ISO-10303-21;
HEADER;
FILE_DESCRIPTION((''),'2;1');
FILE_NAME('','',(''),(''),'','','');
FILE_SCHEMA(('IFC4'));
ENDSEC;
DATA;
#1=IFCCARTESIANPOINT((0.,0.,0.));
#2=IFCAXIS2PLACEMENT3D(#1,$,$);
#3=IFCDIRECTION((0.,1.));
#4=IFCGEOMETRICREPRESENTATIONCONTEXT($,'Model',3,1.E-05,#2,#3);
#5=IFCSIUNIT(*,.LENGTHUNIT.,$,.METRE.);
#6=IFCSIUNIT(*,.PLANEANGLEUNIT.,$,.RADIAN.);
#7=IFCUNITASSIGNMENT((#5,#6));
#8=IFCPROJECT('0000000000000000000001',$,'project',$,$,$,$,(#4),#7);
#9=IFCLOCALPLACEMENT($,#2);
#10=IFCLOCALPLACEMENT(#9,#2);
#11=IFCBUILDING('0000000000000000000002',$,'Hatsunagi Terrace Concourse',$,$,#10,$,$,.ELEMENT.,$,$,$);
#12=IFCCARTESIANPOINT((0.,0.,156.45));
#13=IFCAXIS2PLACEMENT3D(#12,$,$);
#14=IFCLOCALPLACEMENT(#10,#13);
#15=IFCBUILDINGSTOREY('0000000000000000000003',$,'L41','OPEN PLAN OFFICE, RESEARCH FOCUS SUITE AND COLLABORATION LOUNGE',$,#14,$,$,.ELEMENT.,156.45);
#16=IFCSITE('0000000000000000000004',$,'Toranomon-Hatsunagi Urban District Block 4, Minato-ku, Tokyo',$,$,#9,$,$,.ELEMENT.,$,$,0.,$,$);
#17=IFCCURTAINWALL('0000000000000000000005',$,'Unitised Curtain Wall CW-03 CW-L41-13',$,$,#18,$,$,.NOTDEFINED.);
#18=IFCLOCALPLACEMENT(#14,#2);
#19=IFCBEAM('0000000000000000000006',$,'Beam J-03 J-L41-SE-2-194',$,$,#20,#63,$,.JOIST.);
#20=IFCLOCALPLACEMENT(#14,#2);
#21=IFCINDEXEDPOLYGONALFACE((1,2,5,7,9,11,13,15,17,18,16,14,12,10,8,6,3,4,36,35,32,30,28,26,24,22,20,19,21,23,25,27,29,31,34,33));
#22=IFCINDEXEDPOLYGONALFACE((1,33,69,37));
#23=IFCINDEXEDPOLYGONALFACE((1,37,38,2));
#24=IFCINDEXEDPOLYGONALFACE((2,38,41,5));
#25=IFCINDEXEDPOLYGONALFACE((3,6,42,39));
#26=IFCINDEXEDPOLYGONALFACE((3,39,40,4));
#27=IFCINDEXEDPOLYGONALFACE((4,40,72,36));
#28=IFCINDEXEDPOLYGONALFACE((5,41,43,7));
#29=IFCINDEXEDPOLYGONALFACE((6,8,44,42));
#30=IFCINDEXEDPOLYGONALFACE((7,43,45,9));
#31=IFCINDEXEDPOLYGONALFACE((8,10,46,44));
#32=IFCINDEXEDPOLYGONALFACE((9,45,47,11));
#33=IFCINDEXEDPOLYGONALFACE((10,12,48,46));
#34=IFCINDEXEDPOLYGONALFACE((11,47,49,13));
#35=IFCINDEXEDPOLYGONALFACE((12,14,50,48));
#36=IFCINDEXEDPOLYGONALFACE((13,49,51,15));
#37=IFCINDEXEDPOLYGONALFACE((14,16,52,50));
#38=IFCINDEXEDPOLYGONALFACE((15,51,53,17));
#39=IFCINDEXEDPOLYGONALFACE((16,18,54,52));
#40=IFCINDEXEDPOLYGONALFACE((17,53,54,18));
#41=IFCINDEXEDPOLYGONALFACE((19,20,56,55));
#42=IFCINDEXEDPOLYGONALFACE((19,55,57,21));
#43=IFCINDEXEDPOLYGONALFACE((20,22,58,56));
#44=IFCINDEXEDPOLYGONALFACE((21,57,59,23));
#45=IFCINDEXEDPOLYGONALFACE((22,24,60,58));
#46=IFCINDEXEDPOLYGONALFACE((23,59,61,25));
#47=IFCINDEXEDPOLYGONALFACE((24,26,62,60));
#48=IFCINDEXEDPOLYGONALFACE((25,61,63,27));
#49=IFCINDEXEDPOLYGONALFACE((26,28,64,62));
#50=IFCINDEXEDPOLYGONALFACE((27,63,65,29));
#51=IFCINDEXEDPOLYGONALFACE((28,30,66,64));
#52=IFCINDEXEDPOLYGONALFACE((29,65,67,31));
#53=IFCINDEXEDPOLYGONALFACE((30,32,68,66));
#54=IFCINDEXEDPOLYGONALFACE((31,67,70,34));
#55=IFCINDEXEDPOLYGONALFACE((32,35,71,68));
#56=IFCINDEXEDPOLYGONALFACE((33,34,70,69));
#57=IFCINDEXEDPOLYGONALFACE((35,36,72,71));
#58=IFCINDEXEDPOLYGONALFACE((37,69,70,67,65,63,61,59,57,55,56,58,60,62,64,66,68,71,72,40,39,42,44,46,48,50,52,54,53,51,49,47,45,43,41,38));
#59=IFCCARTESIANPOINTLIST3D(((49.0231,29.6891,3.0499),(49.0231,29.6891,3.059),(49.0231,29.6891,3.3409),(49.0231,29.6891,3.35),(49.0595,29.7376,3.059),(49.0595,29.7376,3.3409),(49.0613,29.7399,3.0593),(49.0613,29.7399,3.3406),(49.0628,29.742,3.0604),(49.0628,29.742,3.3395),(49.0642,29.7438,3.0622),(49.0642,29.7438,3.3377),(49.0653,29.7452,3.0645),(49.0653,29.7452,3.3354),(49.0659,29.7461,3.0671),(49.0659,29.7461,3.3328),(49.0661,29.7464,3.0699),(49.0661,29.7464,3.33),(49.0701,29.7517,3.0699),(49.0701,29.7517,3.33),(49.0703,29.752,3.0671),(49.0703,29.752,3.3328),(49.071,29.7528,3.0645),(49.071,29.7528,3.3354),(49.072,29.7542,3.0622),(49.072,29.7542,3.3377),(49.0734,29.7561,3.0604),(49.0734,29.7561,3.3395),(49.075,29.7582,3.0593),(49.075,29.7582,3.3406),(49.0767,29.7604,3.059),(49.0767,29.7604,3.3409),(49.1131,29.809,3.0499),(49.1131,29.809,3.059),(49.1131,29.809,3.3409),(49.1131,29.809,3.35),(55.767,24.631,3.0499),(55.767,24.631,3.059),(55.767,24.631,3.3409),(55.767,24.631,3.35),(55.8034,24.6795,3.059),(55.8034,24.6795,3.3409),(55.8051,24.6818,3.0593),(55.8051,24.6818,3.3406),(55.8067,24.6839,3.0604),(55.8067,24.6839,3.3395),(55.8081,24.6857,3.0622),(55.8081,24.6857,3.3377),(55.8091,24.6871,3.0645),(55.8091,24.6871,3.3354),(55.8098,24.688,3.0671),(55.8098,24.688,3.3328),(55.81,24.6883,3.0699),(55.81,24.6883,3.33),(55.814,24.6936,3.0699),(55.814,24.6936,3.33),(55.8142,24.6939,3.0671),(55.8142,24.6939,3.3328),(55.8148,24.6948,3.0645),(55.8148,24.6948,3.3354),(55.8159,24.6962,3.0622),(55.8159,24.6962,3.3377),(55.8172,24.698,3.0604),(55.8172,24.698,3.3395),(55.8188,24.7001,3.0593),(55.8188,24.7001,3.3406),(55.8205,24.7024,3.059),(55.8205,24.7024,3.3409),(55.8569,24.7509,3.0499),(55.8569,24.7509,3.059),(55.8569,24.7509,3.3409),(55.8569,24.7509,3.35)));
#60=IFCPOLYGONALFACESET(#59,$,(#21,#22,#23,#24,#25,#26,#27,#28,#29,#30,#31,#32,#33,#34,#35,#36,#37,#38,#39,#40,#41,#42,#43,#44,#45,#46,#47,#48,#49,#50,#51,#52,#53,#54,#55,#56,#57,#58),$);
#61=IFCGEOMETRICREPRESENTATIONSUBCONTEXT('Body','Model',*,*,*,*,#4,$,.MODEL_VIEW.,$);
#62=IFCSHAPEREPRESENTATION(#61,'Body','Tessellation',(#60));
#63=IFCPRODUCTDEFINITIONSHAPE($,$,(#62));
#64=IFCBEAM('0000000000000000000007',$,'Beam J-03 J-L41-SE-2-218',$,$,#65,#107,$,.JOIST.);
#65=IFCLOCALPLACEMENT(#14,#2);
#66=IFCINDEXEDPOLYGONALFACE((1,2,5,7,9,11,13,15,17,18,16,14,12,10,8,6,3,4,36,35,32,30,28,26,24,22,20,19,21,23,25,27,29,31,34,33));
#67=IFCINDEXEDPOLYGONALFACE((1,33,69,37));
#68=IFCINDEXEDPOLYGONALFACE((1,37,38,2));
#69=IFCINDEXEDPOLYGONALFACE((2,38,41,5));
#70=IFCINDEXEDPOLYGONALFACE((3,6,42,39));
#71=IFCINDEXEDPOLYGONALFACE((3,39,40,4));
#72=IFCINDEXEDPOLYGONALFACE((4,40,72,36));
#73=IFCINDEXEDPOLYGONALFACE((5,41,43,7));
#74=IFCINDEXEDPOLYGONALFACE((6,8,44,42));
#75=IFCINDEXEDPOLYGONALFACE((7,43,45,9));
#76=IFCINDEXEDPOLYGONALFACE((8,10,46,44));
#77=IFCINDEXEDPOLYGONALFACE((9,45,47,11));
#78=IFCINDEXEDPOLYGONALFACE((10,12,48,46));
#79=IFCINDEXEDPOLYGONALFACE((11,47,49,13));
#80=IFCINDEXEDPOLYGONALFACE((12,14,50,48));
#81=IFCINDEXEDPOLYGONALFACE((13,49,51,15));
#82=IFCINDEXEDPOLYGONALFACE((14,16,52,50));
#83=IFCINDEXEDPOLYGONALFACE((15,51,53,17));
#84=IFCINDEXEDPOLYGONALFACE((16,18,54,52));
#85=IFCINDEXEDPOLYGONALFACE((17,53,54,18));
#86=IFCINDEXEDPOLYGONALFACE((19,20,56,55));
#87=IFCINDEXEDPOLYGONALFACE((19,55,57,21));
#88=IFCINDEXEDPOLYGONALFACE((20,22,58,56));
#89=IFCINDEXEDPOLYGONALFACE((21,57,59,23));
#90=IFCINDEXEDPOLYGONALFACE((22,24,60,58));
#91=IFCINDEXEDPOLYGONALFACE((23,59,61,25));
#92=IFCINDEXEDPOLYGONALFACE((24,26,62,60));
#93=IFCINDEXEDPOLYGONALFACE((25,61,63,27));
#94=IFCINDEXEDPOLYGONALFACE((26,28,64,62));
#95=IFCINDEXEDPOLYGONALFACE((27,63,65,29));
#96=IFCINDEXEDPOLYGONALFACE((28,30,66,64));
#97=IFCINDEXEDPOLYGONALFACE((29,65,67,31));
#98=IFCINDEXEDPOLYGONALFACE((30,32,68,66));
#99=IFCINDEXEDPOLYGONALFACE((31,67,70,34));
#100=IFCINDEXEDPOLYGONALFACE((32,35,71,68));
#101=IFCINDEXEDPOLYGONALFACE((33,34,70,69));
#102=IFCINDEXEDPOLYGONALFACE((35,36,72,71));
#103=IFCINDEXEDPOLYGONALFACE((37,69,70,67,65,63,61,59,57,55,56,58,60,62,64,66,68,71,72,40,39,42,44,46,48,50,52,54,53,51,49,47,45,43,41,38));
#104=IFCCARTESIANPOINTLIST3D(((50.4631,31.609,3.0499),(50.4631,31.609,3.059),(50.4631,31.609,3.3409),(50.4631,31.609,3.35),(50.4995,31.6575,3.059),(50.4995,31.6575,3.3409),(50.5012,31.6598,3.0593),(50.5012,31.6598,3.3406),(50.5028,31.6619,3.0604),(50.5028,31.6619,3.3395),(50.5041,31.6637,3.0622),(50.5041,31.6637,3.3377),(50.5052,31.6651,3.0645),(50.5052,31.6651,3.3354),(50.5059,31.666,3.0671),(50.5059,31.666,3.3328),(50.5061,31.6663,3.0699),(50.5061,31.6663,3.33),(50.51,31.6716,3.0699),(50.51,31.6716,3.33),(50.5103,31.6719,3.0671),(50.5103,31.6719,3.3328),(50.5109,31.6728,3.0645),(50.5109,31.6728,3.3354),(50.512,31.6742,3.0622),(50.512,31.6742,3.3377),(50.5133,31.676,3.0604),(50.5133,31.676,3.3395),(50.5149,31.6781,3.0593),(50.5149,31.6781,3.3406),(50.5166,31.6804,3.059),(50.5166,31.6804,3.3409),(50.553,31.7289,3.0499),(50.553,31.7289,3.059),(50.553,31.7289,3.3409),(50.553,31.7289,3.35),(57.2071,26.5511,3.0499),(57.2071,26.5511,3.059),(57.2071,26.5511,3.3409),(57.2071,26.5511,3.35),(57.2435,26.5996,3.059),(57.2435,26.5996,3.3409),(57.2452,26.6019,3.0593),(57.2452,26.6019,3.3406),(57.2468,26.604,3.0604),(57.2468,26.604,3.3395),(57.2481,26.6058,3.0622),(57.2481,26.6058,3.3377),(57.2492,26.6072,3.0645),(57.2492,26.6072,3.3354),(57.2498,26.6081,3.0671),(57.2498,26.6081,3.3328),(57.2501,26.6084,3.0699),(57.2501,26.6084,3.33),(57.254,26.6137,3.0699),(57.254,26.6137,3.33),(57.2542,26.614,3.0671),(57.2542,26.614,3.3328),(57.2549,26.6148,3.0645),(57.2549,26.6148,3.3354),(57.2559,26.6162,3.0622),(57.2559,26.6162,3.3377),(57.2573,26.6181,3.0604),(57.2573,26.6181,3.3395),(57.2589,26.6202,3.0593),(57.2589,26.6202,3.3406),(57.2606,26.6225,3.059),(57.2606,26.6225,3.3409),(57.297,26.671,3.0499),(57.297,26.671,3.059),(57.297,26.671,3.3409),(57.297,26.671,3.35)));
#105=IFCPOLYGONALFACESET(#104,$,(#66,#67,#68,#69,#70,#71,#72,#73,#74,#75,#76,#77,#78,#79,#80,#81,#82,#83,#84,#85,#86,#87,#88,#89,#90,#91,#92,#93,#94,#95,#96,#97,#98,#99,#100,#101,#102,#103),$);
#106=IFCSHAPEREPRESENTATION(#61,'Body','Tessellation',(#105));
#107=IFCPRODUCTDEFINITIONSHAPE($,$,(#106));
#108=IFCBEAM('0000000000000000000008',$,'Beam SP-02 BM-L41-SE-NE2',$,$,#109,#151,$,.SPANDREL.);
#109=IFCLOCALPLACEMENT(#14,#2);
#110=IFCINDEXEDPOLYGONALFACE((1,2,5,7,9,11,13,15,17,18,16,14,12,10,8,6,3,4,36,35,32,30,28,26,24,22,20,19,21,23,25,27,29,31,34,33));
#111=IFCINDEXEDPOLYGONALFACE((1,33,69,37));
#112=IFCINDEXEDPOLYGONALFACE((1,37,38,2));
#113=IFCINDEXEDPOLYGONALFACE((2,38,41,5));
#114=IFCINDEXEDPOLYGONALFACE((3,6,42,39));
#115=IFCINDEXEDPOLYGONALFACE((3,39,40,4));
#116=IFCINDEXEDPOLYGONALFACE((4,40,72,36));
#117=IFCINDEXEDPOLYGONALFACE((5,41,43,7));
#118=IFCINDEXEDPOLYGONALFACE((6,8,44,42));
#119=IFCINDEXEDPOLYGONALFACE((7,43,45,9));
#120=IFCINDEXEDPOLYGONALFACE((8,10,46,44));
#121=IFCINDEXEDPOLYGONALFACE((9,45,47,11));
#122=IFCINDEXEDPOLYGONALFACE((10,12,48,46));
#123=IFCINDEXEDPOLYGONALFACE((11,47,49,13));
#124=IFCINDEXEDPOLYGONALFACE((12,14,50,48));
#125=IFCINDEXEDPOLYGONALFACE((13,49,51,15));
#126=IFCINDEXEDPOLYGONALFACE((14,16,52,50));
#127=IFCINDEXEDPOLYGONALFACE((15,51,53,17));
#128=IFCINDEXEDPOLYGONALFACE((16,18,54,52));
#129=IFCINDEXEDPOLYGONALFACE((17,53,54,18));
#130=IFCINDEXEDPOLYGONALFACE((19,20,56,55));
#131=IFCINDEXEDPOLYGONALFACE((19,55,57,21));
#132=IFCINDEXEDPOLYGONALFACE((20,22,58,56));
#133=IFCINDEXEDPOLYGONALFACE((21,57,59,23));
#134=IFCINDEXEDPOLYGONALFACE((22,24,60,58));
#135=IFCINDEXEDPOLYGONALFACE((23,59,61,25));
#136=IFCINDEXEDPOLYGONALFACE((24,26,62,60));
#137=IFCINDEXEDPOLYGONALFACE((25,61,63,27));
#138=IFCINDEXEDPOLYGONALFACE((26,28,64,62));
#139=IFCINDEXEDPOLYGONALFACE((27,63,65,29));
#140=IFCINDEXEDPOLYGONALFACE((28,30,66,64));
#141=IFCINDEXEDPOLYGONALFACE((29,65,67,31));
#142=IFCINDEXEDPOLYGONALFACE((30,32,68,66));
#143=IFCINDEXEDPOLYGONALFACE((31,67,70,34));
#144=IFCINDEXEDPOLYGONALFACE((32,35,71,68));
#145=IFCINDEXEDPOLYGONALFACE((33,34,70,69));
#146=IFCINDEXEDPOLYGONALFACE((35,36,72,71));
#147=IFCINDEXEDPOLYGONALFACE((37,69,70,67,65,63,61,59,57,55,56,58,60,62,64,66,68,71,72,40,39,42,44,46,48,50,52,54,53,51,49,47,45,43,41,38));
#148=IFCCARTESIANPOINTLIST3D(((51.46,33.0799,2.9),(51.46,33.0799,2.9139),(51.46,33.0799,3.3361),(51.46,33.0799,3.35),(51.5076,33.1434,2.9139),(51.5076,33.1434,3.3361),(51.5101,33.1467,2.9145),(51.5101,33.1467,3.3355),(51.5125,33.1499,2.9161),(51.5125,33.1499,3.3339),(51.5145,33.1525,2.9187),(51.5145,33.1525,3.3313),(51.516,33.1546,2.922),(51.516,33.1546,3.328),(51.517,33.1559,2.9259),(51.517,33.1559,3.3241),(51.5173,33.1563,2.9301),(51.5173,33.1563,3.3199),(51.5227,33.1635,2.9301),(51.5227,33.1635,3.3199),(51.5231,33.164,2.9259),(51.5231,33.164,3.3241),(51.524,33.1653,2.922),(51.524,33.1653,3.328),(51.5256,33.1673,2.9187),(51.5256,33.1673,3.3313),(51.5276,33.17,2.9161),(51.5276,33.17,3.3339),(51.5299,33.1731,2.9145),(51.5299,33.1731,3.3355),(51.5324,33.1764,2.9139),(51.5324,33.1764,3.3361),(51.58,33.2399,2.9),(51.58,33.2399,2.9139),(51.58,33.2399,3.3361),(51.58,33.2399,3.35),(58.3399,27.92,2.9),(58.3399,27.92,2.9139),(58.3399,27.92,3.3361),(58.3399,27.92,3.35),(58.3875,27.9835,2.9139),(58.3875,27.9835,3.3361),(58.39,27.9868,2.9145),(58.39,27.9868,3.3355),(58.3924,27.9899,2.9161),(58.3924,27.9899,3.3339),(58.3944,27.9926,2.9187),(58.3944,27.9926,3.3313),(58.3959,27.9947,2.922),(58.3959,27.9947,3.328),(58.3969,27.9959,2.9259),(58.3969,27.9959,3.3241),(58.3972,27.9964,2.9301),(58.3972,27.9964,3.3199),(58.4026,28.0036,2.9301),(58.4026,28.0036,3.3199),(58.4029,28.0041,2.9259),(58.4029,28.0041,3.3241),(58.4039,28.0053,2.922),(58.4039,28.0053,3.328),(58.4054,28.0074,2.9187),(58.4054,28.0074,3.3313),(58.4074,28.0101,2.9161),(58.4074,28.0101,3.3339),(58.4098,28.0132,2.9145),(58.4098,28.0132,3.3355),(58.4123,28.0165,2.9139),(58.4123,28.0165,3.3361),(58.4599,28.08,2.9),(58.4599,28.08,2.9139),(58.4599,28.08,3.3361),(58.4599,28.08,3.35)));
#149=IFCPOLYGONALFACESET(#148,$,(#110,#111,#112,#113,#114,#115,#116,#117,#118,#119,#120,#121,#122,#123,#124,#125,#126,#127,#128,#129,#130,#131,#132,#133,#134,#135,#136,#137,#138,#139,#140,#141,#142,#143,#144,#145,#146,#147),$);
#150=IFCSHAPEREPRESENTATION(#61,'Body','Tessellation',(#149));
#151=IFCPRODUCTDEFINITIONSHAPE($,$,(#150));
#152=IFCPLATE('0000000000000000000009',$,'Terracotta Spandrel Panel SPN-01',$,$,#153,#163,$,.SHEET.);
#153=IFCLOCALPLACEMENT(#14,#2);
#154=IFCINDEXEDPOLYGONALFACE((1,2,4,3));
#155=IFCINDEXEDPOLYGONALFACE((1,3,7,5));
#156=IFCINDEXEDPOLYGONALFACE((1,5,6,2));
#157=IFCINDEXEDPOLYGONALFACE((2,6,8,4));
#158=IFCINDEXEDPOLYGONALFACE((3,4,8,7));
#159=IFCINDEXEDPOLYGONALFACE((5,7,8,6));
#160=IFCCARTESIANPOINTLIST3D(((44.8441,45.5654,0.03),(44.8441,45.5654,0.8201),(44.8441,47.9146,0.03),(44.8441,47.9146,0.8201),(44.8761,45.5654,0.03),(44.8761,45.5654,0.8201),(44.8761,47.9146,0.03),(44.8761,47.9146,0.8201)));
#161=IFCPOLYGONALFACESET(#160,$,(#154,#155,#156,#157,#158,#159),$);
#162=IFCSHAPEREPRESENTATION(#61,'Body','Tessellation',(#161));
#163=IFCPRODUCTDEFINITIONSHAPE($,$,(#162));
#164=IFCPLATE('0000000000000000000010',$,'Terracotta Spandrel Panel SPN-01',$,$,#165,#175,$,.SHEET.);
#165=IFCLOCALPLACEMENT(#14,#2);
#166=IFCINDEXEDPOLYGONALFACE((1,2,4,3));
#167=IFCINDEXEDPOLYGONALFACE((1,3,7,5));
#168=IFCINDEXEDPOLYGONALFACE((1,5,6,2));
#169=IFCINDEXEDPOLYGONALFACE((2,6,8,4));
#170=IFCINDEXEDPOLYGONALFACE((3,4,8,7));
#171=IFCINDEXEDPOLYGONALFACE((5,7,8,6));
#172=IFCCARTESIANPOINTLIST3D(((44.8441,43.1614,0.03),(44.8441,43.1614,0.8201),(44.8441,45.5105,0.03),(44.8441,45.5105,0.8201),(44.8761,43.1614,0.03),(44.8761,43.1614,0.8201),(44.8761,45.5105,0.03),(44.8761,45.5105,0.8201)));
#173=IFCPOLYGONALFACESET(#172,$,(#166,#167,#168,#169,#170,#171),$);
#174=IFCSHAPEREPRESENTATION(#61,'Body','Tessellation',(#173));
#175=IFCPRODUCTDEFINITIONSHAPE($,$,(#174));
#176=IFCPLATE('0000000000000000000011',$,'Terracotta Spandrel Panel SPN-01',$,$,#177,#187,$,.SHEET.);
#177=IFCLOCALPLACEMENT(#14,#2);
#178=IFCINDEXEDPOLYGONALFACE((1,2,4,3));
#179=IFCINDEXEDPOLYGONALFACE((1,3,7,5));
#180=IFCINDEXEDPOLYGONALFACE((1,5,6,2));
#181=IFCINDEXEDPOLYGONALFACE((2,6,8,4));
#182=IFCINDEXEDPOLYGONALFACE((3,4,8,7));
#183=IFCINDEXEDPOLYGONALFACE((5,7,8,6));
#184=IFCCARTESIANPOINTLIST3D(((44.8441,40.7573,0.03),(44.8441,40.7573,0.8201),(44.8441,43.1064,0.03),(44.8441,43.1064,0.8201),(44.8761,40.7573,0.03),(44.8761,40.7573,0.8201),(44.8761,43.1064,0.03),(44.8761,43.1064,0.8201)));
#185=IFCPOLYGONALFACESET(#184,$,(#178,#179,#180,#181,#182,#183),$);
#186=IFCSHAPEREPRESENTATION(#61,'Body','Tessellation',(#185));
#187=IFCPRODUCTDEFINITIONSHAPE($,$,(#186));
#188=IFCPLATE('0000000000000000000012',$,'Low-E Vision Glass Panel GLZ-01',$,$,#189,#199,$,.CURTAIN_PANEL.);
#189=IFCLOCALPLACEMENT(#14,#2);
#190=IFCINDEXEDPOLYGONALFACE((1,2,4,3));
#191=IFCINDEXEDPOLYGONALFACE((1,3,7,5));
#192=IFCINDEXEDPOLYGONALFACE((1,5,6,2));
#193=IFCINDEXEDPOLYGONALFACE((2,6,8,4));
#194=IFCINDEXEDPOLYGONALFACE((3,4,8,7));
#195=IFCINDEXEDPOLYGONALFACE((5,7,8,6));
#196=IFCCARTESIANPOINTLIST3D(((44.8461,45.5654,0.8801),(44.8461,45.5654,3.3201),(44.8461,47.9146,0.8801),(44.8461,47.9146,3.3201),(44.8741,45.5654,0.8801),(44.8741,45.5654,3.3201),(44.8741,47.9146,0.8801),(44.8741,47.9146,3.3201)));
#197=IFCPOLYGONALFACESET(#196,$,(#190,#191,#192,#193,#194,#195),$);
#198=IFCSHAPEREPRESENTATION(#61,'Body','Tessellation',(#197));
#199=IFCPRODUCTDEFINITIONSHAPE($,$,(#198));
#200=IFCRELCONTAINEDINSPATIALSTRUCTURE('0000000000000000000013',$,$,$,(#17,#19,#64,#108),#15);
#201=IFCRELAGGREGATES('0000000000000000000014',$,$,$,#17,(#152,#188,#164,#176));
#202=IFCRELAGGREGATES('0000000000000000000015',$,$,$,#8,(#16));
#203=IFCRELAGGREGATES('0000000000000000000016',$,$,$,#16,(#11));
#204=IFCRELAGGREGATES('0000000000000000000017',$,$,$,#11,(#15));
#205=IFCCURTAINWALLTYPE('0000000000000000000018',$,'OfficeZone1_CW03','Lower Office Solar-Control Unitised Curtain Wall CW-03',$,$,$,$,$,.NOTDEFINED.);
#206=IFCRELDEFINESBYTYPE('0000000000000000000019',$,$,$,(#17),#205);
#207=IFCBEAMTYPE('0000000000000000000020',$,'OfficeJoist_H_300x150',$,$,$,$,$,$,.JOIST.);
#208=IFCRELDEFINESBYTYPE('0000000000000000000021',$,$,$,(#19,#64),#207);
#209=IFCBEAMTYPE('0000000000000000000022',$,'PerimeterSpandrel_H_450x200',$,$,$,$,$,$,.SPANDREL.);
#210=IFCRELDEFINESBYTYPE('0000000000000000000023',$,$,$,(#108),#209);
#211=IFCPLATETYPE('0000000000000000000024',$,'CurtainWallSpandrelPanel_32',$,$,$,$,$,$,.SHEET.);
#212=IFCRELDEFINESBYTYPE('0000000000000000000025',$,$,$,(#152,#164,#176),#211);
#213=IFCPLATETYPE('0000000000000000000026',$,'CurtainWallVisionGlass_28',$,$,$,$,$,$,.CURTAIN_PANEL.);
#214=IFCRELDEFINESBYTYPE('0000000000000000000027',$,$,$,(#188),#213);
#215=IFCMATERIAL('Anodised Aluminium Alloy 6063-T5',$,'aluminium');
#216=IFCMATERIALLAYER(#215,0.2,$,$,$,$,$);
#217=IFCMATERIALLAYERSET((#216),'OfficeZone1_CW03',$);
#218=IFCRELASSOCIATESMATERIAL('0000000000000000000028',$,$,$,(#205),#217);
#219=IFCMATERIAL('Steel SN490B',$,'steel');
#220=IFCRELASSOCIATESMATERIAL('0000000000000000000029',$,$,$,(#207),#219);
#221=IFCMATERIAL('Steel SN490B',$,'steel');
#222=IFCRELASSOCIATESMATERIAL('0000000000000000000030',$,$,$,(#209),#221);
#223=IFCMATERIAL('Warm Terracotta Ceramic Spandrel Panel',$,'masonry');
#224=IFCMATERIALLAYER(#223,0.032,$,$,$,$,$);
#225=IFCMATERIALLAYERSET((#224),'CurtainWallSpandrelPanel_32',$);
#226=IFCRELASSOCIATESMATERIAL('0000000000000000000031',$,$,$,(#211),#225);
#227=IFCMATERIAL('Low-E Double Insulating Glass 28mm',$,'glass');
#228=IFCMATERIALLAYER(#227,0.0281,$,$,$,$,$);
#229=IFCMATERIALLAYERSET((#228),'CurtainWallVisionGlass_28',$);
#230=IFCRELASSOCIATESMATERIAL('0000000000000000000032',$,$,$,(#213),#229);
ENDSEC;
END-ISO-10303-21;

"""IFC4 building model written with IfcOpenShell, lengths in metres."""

from ifc_helpers import new_model, si_unit, direction, frame, origin, origin_2d, place, context, subcontext, project, spatial, rectangle, i_section, extrude, material, layer, layer_set, material_profile, profile_set, type_object, element, aggregate, save


model = new_model("IFC4")

# Units and contexts
model_context = context("Model", 3, precision=1e-05, world=origin(), true_north=direction((0.0, 1.0)))
body_context = subcontext(model_context, "Body", "Model", "MODEL_VIEW")
ifc_project = project(units=[si_unit("LENGTHUNIT", "METRE"), si_unit("PLANEANGLEUNIT", "RADIAN")], contexts=[model_context])

# Site, building, storey
site_placement = place(None, origin())
site = spatial("IfcSite", under=ifc_project, at=site_placement, Name="Toranomon-Hatsunagi Urban District Block 4, Minato-ku, Tokyo", CompositionType="ELEMENT", RefElevation=0.0)
building_placement = place(site_placement, origin())
building = spatial("IfcBuilding", under=site, at=building_placement, Name="Hatsunagi Terrace Concourse", CompositionType="ELEMENT")
storey_placement = place(building_placement, frame((0.0, 0.0, 156.45)))
storey = spatial("IfcBuildingStorey", under=building, at=storey_placement, Name="L41", Description="OPEN PLAN OFFICE, RESEARCH FOCUS SUITE AND COLLABORATION LOUNGE", CompositionType="ELEMENT", Elevation=156.45)

# Curtain wall
ifc_material_1 = material(Name="Anodised Aluminium Alloy 6063-T5", Category="aluminium")
ifc_layer_1 = layer(ifc_material_1, 0.2)
ifc_layer_set_1 = layer_set([ifc_layer_1], Name="OfficeZone1_CW03")
curtain_wall_type = type_object("IfcCurtainWallType", Name="OfficeZone1_CW03", Description="Lower Office Solar-Control Unitised Curtain Wall CW-03", PredefinedType="NOTDEFINED", material=ifc_layer_set_1)
curtain_wall_placement = place(storey_placement, origin())
curtain_wall = element("IfcCurtainWall", 1, at=curtain_wall_placement, inside=storey, type_object=curtain_wall_type, Name="Unitised Curtain Wall CW-03 CW-L41-13", PredefinedType="NOTDEFINED")

# Beams
ifc_material_2 = material(Name="Steel SN490B", Category="steel")
ifc_material_profile_1 = material_profile(ifc_material_2, i_section(OverallWidth=0.1499, OverallDepth=0.3, WebThickness=0.0066, FlangeThickness=0.009, FilletRadius=0.011, at=origin_2d()), Name="H-300x150x6.5x9")
ifc_profile_set_1 = profile_set([ifc_material_profile_1], Name="Steel SN490B")
beam_type_1 = type_object("IfcBeamType", Name="OfficeJoist_H_300x150", PredefinedType="JOIST", material=ifc_profile_set_1)
for number, where, z_axis, x_axis, name in (
    (2, (49.0681, 29.749, 3.2), (0.79999, -0.600014, 0.0), (0.600014, 0.79999, 0.0), "Beam J-03 J-L41-SE-2-194"),
    (3, (50.5081, 31.6689, 3.2), (0.800003, -0.599995, 0.0), (0.599995, 0.800003, 0.0), "Beam J-03 J-L41-SE-2-218"),
):
    element("IfcBeam", number, at=place(storey_placement, frame(where, z_axis=z_axis, x_axis=x_axis)), inside=storey, type_object=beam_type_1, Name=name, PredefinedType="JOIST", context=body_context, shape_type="SweptSolid", body=[
        extrude(i_section(OverallWidth=0.1499, OverallDepth=0.3, WebThickness=0.0066, FlangeThickness=0.009, FilletRadius=0.011, at=origin_2d()), origin(), (0.0, 0.0, 1.0), 8.4299),
    ])
ifc_material_3 = material(Name="Steel SN490B", Category="steel")
ifc_material_profile_2 = material_profile(ifc_material_3, i_section(OverallWidth=0.2, OverallDepth=0.45, WebThickness=0.009, FlangeThickness=0.0139, FilletRadius=0.0161, at=origin_2d()), Name="H-450x200x9x14")
ifc_profile_set_2 = profile_set([ifc_material_profile_2], Name="Steel SN490B")
beam_type_2 = type_object("IfcBeamType", Name="PerimeterSpandrel_H_450x200", PredefinedType="SPANDREL", material=ifc_profile_set_2)
beam_placement = place(storey_placement, frame((51.52, 33.1599, 3.125), z_axis=(0.8, -0.6, 0.0), x_axis=(0.6, 0.8, 0.0)))
element("IfcBeam", 4, at=beam_placement, inside=storey, type_object=beam_type_2, Name="Beam SP-02 BM-L41-SE-NE2", PredefinedType="SPANDREL", context=body_context, shape_type="SweptSolid", body=[
    extrude(i_section(OverallWidth=0.2, OverallDepth=0.45, WebThickness=0.009, FlangeThickness=0.0139, FilletRadius=0.0161, at=origin_2d()), origin(), (0.0, 0.0, 1.0), 8.5999),
])

# Plates
ifc_material_4 = material(Name="Warm Terracotta Ceramic Spandrel Panel", Category="masonry")
ifc_layer_2 = layer(ifc_material_4, 0.032)
ifc_layer_set_2 = layer_set([ifc_layer_2], Name="CurtainWallSpandrelPanel_32")
plate_type_1 = type_object("IfcPlateType", Name="CurtainWallSpandrelPanel_32", PredefinedType="SHEET", material=ifc_layer_set_2)
plate_1_placement = place(storey_placement, frame((44.8601, 46.74, 0.03), z_axis=(0.0, 0.0, 1.0), x_axis=(0.0, -1.0, 0.0)))
plate_1 = element("IfcPlate", 5, at=plate_1_placement, type_object=plate_type_1, Name="Terracotta Spandrel Panel SPN-01", PredefinedType="SHEET", context=body_context, shape_type="SweptSolid", body=[
    extrude(rectangle(XDim=2.3491, YDim=0.032, at=origin_2d()), origin(), (0.0, 0.0, 1.0), 0.79),
])
plate_2_placement = place(storey_placement, frame((44.8601, 44.3359, 0.03), z_axis=(0.0, 0.0, 1.0), x_axis=(0.0, -1.0, 0.0)))
plate_2 = element("IfcPlate", 6, at=plate_2_placement, type_object=plate_type_1, Name="Terracotta Spandrel Panel SPN-01", PredefinedType="SHEET", context=body_context, shape_type="SweptSolid", body=[
    extrude(rectangle(XDim=2.3491, YDim=0.032, at=origin_2d()), origin(), (0.0, 0.0, 1.0), 0.79),
])
plate_3_placement = place(storey_placement, frame((44.8601, 41.9319, 0.03), z_axis=(0.0, 0.0, 1.0), x_axis=(0.0, -1.0, 0.0)))
plate_3 = element("IfcPlate", 7, at=plate_3_placement, type_object=plate_type_1, Name="Terracotta Spandrel Panel SPN-01", PredefinedType="SHEET", context=body_context, shape_type="SweptSolid", body=[
    extrude(rectangle(XDim=2.3491, YDim=0.032, at=origin_2d()), origin(), (0.0, 0.0, 1.0), 0.79),
])
ifc_material_5 = material(Name="Low-E Double Insulating Glass 28mm", Category="glass")
ifc_layer_3 = layer(ifc_material_5, 0.0281)
ifc_layer_set_3 = layer_set([ifc_layer_3], Name="CurtainWallVisionGlass_28")
plate_type_2 = type_object("IfcPlateType", Name="CurtainWallVisionGlass_28", PredefinedType="CURTAIN_PANEL", material=ifc_layer_set_3)
plate_4_placement = place(storey_placement, frame((44.8601, 46.74, 0.8801), z_axis=(0.0, 0.0, 1.0), x_axis=(0.0, -1.0, 0.0)))
plate_4 = element("IfcPlate", 8, at=plate_4_placement, type_object=plate_type_2, Name="Low-E Vision Glass Panel GLZ-01", PredefinedType="CURTAIN_PANEL", context=body_context, shape_type="SweptSolid", body=[
    extrude(rectangle(XDim=2.3491, YDim=0.0281, at=origin_2d()), origin(), (0.0, 0.0, 1.0), 2.4399),
])
aggregate(curtain_wall, [plate_1, plate_4, plate_2, plate_3])

save(model, "model.ifc")
